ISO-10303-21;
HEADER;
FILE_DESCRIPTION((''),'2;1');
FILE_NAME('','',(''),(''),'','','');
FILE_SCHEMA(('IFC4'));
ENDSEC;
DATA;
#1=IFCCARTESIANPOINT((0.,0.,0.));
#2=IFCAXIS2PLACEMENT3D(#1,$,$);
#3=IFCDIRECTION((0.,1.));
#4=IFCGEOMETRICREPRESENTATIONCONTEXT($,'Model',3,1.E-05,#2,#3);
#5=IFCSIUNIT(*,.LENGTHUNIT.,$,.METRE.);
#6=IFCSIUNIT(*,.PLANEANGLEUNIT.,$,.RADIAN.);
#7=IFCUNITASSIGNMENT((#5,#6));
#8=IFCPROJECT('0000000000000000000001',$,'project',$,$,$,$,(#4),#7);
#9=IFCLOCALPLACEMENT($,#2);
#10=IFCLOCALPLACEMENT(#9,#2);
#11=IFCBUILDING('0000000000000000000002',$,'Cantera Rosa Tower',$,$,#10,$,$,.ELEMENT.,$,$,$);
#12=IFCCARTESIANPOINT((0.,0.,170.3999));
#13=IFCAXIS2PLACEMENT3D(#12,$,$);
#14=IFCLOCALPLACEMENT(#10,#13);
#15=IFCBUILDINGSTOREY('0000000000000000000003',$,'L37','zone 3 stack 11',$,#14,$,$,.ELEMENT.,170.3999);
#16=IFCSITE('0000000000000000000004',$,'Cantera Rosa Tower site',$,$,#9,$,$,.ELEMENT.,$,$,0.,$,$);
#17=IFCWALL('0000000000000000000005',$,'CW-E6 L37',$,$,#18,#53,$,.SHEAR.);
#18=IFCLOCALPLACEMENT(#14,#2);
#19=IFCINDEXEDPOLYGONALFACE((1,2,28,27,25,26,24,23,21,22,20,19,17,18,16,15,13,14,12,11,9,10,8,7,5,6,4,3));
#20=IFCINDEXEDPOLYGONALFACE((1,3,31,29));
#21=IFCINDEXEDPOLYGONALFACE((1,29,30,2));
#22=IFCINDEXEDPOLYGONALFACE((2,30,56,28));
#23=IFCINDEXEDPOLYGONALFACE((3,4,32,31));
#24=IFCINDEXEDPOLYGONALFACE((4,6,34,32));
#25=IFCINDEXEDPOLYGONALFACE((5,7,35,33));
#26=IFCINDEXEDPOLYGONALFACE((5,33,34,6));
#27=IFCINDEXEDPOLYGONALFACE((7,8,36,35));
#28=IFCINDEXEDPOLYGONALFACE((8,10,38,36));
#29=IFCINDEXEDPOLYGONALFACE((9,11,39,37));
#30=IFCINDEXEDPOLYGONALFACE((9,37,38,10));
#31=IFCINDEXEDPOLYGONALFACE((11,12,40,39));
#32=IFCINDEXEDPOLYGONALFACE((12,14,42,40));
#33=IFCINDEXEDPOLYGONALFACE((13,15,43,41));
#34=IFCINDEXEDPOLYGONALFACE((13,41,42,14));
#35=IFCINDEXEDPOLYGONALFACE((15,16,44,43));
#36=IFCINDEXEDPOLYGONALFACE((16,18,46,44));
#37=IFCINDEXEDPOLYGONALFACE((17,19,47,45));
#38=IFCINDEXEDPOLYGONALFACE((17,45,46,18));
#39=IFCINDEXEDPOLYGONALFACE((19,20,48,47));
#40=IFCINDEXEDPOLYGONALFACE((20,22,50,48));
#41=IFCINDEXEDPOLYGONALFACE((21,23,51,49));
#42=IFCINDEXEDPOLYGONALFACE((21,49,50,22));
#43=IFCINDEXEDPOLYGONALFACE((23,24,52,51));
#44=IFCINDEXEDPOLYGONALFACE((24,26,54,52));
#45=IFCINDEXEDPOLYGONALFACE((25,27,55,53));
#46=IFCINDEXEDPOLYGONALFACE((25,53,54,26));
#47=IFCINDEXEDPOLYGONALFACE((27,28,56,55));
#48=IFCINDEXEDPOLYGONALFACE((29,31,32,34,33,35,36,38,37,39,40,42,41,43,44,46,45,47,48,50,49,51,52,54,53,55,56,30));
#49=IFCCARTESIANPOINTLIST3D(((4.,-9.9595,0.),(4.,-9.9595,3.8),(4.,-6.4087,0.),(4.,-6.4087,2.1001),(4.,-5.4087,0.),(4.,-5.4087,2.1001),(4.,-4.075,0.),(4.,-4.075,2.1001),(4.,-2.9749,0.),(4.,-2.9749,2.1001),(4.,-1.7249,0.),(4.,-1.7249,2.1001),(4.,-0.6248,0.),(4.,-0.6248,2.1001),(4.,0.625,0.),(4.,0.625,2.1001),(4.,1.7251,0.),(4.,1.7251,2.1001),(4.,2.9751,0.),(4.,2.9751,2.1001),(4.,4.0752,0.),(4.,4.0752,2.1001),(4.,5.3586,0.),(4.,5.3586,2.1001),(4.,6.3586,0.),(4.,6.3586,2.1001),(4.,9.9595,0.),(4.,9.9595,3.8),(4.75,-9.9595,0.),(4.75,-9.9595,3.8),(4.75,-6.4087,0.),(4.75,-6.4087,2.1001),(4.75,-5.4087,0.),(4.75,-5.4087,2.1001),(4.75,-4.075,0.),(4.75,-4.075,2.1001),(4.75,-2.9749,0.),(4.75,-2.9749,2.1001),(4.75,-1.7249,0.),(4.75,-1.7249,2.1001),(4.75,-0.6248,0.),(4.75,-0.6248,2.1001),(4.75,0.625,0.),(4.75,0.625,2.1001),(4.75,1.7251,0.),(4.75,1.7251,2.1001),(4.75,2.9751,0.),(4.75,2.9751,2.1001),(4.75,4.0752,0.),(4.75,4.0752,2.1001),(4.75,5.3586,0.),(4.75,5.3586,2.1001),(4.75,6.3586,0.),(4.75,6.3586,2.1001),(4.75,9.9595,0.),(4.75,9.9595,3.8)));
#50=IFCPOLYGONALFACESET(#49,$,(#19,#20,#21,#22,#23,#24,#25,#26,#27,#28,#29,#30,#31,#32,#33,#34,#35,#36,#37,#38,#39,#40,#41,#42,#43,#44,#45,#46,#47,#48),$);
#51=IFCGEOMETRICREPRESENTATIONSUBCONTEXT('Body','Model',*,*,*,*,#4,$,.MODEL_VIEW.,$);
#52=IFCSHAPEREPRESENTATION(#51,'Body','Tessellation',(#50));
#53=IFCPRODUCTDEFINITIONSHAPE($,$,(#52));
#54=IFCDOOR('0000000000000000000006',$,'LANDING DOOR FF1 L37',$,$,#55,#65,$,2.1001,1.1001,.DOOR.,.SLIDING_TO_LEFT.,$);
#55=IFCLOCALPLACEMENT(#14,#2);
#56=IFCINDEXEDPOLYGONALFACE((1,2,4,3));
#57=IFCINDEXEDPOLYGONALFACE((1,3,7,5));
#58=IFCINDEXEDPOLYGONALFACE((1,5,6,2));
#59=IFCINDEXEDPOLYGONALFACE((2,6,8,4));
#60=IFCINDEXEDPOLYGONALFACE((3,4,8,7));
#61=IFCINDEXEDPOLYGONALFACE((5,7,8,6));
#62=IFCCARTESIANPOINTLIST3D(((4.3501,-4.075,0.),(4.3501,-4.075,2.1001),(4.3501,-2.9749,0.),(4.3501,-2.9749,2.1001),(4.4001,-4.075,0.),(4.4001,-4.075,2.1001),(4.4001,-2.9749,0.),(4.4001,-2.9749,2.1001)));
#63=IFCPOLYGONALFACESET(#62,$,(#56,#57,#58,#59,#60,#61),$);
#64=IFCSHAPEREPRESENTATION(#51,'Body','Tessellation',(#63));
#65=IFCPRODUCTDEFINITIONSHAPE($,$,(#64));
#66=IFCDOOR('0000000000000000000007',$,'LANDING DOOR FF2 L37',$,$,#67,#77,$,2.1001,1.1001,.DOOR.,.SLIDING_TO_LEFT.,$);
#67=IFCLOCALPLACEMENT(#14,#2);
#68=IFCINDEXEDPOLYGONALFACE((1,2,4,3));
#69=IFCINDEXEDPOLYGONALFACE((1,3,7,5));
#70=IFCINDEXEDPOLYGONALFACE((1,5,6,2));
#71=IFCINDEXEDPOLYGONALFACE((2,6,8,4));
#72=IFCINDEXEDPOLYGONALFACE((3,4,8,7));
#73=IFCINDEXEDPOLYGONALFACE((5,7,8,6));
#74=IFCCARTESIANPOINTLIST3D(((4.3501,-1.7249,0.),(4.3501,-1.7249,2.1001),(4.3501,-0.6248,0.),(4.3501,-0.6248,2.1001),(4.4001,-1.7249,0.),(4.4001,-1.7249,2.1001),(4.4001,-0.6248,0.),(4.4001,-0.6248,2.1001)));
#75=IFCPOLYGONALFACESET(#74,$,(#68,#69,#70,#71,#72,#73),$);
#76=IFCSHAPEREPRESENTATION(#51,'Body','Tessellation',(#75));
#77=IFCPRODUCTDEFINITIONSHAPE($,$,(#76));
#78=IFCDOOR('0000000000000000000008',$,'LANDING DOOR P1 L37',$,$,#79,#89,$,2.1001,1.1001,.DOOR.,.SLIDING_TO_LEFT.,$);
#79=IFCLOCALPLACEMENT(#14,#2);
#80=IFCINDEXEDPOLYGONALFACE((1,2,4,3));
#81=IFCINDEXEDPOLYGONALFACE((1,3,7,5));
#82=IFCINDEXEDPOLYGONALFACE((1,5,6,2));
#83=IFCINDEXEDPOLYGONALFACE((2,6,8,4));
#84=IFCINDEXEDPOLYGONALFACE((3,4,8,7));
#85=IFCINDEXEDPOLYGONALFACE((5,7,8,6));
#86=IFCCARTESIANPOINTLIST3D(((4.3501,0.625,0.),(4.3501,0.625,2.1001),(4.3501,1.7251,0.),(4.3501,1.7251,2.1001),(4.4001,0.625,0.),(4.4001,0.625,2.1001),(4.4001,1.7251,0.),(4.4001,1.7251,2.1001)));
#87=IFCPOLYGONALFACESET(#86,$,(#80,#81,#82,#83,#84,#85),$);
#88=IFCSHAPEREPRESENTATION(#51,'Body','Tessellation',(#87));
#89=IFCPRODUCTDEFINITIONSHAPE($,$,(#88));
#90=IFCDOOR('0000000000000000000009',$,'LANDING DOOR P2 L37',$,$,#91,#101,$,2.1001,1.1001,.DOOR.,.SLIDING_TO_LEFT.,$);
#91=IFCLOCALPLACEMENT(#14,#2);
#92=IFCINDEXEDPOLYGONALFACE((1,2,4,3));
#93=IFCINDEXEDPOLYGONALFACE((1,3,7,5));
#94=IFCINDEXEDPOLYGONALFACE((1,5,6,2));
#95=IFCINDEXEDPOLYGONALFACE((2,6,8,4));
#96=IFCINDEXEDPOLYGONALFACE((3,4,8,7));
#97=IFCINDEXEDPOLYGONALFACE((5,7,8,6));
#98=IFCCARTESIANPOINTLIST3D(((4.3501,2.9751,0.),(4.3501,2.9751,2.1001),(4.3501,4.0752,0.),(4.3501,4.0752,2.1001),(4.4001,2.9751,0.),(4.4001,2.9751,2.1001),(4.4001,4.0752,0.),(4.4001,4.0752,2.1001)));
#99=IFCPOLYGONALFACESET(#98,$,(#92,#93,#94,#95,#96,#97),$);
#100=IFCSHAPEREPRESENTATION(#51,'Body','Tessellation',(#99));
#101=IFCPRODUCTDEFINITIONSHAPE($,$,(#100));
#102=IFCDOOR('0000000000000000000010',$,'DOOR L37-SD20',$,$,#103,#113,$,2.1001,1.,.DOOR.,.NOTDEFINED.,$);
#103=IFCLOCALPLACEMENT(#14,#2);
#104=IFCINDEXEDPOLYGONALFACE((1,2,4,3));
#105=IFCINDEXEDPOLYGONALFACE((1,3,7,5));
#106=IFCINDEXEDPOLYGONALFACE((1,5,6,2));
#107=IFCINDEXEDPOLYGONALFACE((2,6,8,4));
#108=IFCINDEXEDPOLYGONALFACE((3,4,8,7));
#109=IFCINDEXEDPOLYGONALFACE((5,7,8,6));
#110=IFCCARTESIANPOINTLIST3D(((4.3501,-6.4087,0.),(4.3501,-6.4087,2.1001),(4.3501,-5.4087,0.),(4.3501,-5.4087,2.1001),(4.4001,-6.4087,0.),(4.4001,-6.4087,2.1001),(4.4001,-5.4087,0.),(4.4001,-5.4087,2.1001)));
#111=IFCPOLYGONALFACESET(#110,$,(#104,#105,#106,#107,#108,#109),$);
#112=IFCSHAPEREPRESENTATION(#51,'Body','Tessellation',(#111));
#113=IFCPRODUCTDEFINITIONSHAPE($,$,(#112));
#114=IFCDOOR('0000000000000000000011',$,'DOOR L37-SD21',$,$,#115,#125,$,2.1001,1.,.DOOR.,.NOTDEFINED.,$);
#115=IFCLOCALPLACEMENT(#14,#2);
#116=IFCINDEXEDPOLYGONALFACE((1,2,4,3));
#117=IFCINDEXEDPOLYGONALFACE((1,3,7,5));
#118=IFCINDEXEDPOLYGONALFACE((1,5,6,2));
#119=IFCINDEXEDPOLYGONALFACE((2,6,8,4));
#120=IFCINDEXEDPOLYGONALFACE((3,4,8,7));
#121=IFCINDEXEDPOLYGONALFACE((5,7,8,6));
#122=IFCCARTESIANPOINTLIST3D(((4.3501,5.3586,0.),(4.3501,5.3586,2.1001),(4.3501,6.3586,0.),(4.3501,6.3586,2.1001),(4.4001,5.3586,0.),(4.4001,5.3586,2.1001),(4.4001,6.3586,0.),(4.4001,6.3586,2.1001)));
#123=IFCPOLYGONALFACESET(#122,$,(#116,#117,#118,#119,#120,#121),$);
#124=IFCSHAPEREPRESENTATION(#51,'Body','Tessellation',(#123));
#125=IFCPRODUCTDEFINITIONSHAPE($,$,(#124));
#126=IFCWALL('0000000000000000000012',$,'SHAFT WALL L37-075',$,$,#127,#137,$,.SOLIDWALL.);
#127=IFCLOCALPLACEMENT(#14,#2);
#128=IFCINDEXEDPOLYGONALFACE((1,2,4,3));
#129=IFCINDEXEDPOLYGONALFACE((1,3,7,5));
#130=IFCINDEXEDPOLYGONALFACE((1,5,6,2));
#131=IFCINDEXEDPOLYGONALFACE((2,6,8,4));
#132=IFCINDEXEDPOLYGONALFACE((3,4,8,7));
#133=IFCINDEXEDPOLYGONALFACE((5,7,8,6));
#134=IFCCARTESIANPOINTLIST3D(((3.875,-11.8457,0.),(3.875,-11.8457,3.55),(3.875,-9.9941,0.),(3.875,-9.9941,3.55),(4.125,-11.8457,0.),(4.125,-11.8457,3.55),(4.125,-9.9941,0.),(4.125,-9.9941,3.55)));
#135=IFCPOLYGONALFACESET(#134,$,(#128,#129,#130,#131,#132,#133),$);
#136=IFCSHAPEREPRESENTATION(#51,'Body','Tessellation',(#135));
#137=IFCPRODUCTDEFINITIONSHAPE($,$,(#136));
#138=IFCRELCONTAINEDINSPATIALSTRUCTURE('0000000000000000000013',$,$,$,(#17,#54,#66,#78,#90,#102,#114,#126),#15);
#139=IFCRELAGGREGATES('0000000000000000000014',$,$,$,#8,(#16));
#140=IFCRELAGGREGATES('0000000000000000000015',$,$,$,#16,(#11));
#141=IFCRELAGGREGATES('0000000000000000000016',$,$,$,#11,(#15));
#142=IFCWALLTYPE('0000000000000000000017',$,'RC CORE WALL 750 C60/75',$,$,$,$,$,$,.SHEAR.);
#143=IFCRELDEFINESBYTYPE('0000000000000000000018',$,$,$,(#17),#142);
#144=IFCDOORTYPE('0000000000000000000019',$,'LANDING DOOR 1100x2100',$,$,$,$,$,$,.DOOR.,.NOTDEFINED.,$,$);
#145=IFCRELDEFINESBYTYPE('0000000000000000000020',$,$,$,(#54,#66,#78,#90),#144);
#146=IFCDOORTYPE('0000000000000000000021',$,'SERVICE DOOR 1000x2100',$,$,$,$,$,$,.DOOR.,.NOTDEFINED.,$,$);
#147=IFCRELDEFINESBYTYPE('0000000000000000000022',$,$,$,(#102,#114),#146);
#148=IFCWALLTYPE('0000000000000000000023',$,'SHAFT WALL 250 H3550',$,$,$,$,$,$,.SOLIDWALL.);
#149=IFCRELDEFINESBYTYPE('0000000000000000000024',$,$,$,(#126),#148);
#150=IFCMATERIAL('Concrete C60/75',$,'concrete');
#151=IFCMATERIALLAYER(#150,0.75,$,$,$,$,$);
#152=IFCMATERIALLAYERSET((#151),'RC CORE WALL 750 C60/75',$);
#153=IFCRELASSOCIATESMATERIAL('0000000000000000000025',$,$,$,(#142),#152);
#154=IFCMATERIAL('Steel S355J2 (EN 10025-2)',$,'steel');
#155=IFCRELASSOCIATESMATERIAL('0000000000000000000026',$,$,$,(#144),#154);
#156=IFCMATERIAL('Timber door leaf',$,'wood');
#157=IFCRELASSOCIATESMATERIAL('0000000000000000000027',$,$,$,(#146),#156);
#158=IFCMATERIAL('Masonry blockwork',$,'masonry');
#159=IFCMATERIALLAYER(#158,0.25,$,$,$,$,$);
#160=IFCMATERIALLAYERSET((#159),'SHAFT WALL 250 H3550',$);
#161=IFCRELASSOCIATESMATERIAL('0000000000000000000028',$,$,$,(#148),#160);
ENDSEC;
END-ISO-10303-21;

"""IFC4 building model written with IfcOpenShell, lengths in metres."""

from ifc_helpers import new_model, si_unit, direction, frame, frame_2d, origin, place, context, subcontext, project, spatial, rectangle, extrude, material, layer, layer_set, type_object, element, fill, save


model = new_model("IFC4")

# Units and contexts
model_context = context("Model", 3, precision=1e-05, world=origin(), true_north=direction((0.0, 1.0)))
body_context = subcontext(model_context, "Body", "Model", "MODEL_VIEW")
ifc_project = project(units=[si_unit("LENGTHUNIT", "METRE"), si_unit("PLANEANGLEUNIT", "RADIAN")], contexts=[model_context])

# Site, building, storey
site_placement = place(None, origin())
site = spatial("IfcSite", under=ifc_project, at=site_placement, Name="Cantera Rosa Tower site", CompositionType="ELEMENT", RefElevation=0.0)
building_placement = place(site_placement, origin())
building = spatial("IfcBuilding", under=site, at=building_placement, Name="Cantera Rosa Tower", CompositionType="ELEMENT")
storey_placement = place(building_placement, frame((0.0, 0.0, 170.3999)))
storey = spatial("IfcBuildingStorey", under=building, at=storey_placement, Name="L37", Description="zone 3 stack 11", CompositionType="ELEMENT", Elevation=170.3999)

# Shared definitions
ifc_material_1 = material(Name="Concrete C60/75", Category="concrete")
ifc_layer_1 = layer(ifc_material_1, 0.75)
ifc_layer_set_1 = layer_set([ifc_layer_1], Name="RC CORE WALL 750 C60/75")
wall_type_1 = type_object("IfcWallType", Name="RC CORE WALL 750 C60/75", PredefinedType="SHEAR", material=ifc_layer_set_1)

# Wall, openings, doors
wall_1_placement = place(storey_placement, frame((4.375, -9.9595, 0.0), z_axis=(0.0, 0.0, 1.0), x_axis=(0.0, 1.0, 0.0)))
wall_1 = element("IfcWall", 1, at=wall_1_placement, inside=storey, type_object=wall_type_1, Name="CW-E6 L37", PredefinedType="SHEAR", context=body_context, shape_type="SweptSolid", body=[
    extrude(rectangle(XDim=19.9189, YDim=0.75, at=frame_2d((9.9595, 0.0))), origin(), (0.0, 0.0, 1.0), 3.8),
])
opening_1_placement = place(wall_1_placement, frame((5.8845, 0.0, 0.0)))
opening_1 = element("IfcOpeningElement", 2, at=opening_1_placement, cuts=wall_1, PredefinedType="OPENING", context=body_context, shape_type="SweptSolid", body=[
    extrude(rectangle(XDim=1.1001, YDim=2.1001, at=frame_2d((0.55, 1.05))), frame((0.0, 0.385, 0.0), z_axis=(0.0, -1.0, 0.0), x_axis=(1.0, 0.0, 0.0)), (0.0, 0.0, 1.0), 0.77),
])
opening_2_placement = place(wall_1_placement, frame((8.2346, 0.0, 0.0)))
opening_2 = element("IfcOpeningElement", 3, at=opening_2_placement, cuts=wall_1, PredefinedType="OPENING", context=body_context, shape_type="SweptSolid", body=[
    extrude(rectangle(XDim=1.1001, YDim=2.1001, at=frame_2d((0.55, 1.05))), frame((0.0, 0.385, 0.0), z_axis=(0.0, -1.0, 0.0), x_axis=(1.0, 0.0, 0.0)), (0.0, 0.0, 1.0), 0.77),
])
opening_3_placement = place(wall_1_placement, frame((10.5845, 0.0, 0.0)))
opening_3 = element("IfcOpeningElement", 4, at=opening_3_placement, cuts=wall_1, PredefinedType="OPENING", context=body_context, shape_type="SweptSolid", body=[
    extrude(rectangle(XDim=1.1001, YDim=2.1001, at=frame_2d((0.55, 1.05))), frame((0.0, 0.385, 0.0), z_axis=(0.0, -1.0, 0.0), x_axis=(1.0, 0.0, 0.0)), (0.0, 0.0, 1.0), 0.77),
])
opening_4_placement = place(wall_1_placement, frame((12.9346, 0.0, 0.0)))
opening_4 = element("IfcOpeningElement", 5, at=opening_4_placement, cuts=wall_1, PredefinedType="OPENING", context=body_context, shape_type="SweptSolid", body=[
    extrude(rectangle(XDim=1.1001, YDim=2.1001, at=frame_2d((0.55, 1.05))), frame((0.0, 0.385, 0.0), z_axis=(0.0, -1.0, 0.0), x_axis=(1.0, 0.0, 0.0)), (0.0, 0.0, 1.0), 0.77),
])
opening_5_placement = place(wall_1_placement, frame((3.5508, 0.0, 0.0)))
opening_5 = element("IfcOpeningElement", 6, at=opening_5_placement, cuts=wall_1, PredefinedType="OPENING", context=body_context, shape_type="SweptSolid", body=[
    extrude(rectangle(XDim=1.0, YDim=2.1001, at=frame_2d((0.5, 1.05))), frame((0.0, 0.385, 0.0), z_axis=(0.0, -1.0, 0.0), x_axis=(1.0, 0.0, 0.0)), (0.0, 0.0, 1.0), 0.77),
])
opening_6_placement = place(wall_1_placement, frame((15.3181, 0.0, 0.0)))
opening_6 = element("IfcOpeningElement", 7, at=opening_6_placement, cuts=wall_1, PredefinedType="OPENING", context=body_context, shape_type="SweptSolid", body=[
    extrude(rectangle(XDim=1.0, YDim=2.1001, at=frame_2d((0.5, 1.05))), frame((0.0, 0.385, 0.0), z_axis=(0.0, -1.0, 0.0), x_axis=(1.0, 0.0, 0.0)), (0.0, 0.0, 1.0), 0.77),
])
ifc_material_2 = material(Name="Steel S355J2 (EN 10025-2)", Category="steel")
door_type_1 = type_object("IfcDoorType", Name="LANDING DOOR 1100x2100", OperationType="NOTDEFINED", PredefinedType="DOOR", material=ifc_material_2)
door_1_placement = place(opening_1_placement, origin())
door_1 = element("IfcDoor", 8, at=door_1_placement, inside=storey, type_object=door_type_1, Name="LANDING DOOR FF1 L37", OperationType="SLIDING_TO_LEFT", OverallHeight=2.1001, OverallWidth=1.1001, PredefinedType="DOOR", context=body_context, shape_type="SweptSolid", body=[
    extrude(rectangle(XDim=1.1001, YDim=2.1001, at=frame_2d((0.55, 1.05))), frame((0.0, 0.0249, 0.0), z_axis=(0.0, -1.0, 0.0), x_axis=(1.0, 0.0, 0.0)), (0.0, 0.0, 1.0), 0.05),
])
fill(opening_1, door_1)
door_2_placement = place(opening_2_placement, origin())
door_2 = element("IfcDoor", 9, at=door_2_placement, inside=storey, type_object=door_type_1, Name="LANDING DOOR FF2 L37", OperationType="SLIDING_TO_LEFT", OverallHeight=2.1001, OverallWidth=1.1001, PredefinedType="DOOR", context=body_context, shape_type="SweptSolid", body=[
    extrude(rectangle(XDim=1.1001, YDim=2.1001, at=frame_2d((0.55, 1.05))), frame((0.0, 0.0249, 0.0), z_axis=(0.0, -1.0, 0.0), x_axis=(1.0, 0.0, 0.0)), (0.0, 0.0, 1.0), 0.05),
])
fill(opening_2, door_2)
door_3_placement = place(opening_3_placement, origin())
door_3 = element("IfcDoor", 10, at=door_3_placement, inside=storey, type_object=door_type_1, Name="LANDING DOOR P1 L37", OperationType="SLIDING_TO_LEFT", OverallHeight=2.1001, OverallWidth=1.1001, PredefinedType="DOOR", context=body_context, shape_type="SweptSolid", body=[
    extrude(rectangle(XDim=1.1001, YDim=2.1001, at=frame_2d((0.55, 1.05))), frame((0.0, 0.0249, 0.0), z_axis=(0.0, -1.0, 0.0), x_axis=(1.0, 0.0, 0.0)), (0.0, 0.0, 1.0), 0.05),
])
fill(opening_3, door_3)
door_4_placement = place(opening_4_placement, origin())
door_4 = element("IfcDoor", 11, at=door_4_placement, inside=storey, type_object=door_type_1, Name="LANDING DOOR P2 L37", OperationType="SLIDING_TO_LEFT", OverallHeight=2.1001, OverallWidth=1.1001, PredefinedType="DOOR", context=body_context, shape_type="SweptSolid", body=[
    extrude(rectangle(XDim=1.1001, YDim=2.1001, at=frame_2d((0.55, 1.05))), frame((0.0, 0.0249, 0.0), z_axis=(0.0, -1.0, 0.0), x_axis=(1.0, 0.0, 0.0)), (0.0, 0.0, 1.0), 0.05),
])
fill(opening_4, door_4)
ifc_material_3 = material(Name="Timber door leaf", Category="wood")
door_type_2 = type_object("IfcDoorType", Name="SERVICE DOOR 1000x2100", OperationType="NOTDEFINED", PredefinedType="DOOR", material=ifc_material_3)
door_5_placement = place(opening_5_placement, origin())
door_5 = element("IfcDoor", 12, at=door_5_placement, inside=storey, type_object=door_type_2, Name="DOOR L37-SD20", OperationType="NOTDEFINED", OverallHeight=2.1001, OverallWidth=1.0, PredefinedType="DOOR", context=body_context, shape_type="SweptSolid", body=[
    extrude(rectangle(XDim=1.0, YDim=2.1001, at=frame_2d((0.5, 1.05))), frame((0.0, 0.0249, 0.0), z_axis=(0.0, -1.0, 0.0), x_axis=(1.0, 0.0, 0.0)), (0.0, 0.0, 1.0), 0.05),
])
fill(opening_5, door_5)
door_6_placement = place(opening_6_placement, origin())
door_6 = element("IfcDoor", 13, at=door_6_placement, inside=storey, type_object=door_type_2, Name="DOOR L37-SD21", OperationType="NOTDEFINED", OverallHeight=2.1001, OverallWidth=1.0, PredefinedType="DOOR", context=body_context, shape_type="SweptSolid", body=[
    extrude(rectangle(XDim=1.0, YDim=2.1001, at=frame_2d((0.5, 1.05))), frame((0.0, 0.0249, 0.0), z_axis=(0.0, -1.0, 0.0), x_axis=(1.0, 0.0, 0.0)), (0.0, 0.0, 1.0), 0.05),
])
fill(opening_6, door_6)

# Wall
ifc_material_4 = material(Name="Masonry blockwork", Category="masonry")
ifc_layer_2 = layer(ifc_material_4, 0.25)
ifc_layer_set_2 = layer_set([ifc_layer_2], Name="SHAFT WALL 250 H3550")
wall_type_2 = type_object("IfcWallType", Name="SHAFT WALL 250 H3550", PredefinedType="SOLIDWALL", material=ifc_layer_set_2)
wall_2_placement = place(storey_placement, frame((4.0, -11.8457, 0.0), z_axis=(0.0, 0.0, 1.0), x_axis=(0.0, 1.0, 0.0)))
element("IfcWall", 14, at=wall_2_placement, inside=storey, type_object=wall_type_2, Name="SHAFT WALL L37-075", PredefinedType="SOLIDWALL", context=body_context, shape_type="SweptSolid", body=[
    extrude(rectangle(XDim=1.8516, YDim=0.25, at=frame_2d((0.9258, 0.0))), origin(), (0.0, 0.0, 1.0), 3.55),
])

save(model, "model.ifc")
